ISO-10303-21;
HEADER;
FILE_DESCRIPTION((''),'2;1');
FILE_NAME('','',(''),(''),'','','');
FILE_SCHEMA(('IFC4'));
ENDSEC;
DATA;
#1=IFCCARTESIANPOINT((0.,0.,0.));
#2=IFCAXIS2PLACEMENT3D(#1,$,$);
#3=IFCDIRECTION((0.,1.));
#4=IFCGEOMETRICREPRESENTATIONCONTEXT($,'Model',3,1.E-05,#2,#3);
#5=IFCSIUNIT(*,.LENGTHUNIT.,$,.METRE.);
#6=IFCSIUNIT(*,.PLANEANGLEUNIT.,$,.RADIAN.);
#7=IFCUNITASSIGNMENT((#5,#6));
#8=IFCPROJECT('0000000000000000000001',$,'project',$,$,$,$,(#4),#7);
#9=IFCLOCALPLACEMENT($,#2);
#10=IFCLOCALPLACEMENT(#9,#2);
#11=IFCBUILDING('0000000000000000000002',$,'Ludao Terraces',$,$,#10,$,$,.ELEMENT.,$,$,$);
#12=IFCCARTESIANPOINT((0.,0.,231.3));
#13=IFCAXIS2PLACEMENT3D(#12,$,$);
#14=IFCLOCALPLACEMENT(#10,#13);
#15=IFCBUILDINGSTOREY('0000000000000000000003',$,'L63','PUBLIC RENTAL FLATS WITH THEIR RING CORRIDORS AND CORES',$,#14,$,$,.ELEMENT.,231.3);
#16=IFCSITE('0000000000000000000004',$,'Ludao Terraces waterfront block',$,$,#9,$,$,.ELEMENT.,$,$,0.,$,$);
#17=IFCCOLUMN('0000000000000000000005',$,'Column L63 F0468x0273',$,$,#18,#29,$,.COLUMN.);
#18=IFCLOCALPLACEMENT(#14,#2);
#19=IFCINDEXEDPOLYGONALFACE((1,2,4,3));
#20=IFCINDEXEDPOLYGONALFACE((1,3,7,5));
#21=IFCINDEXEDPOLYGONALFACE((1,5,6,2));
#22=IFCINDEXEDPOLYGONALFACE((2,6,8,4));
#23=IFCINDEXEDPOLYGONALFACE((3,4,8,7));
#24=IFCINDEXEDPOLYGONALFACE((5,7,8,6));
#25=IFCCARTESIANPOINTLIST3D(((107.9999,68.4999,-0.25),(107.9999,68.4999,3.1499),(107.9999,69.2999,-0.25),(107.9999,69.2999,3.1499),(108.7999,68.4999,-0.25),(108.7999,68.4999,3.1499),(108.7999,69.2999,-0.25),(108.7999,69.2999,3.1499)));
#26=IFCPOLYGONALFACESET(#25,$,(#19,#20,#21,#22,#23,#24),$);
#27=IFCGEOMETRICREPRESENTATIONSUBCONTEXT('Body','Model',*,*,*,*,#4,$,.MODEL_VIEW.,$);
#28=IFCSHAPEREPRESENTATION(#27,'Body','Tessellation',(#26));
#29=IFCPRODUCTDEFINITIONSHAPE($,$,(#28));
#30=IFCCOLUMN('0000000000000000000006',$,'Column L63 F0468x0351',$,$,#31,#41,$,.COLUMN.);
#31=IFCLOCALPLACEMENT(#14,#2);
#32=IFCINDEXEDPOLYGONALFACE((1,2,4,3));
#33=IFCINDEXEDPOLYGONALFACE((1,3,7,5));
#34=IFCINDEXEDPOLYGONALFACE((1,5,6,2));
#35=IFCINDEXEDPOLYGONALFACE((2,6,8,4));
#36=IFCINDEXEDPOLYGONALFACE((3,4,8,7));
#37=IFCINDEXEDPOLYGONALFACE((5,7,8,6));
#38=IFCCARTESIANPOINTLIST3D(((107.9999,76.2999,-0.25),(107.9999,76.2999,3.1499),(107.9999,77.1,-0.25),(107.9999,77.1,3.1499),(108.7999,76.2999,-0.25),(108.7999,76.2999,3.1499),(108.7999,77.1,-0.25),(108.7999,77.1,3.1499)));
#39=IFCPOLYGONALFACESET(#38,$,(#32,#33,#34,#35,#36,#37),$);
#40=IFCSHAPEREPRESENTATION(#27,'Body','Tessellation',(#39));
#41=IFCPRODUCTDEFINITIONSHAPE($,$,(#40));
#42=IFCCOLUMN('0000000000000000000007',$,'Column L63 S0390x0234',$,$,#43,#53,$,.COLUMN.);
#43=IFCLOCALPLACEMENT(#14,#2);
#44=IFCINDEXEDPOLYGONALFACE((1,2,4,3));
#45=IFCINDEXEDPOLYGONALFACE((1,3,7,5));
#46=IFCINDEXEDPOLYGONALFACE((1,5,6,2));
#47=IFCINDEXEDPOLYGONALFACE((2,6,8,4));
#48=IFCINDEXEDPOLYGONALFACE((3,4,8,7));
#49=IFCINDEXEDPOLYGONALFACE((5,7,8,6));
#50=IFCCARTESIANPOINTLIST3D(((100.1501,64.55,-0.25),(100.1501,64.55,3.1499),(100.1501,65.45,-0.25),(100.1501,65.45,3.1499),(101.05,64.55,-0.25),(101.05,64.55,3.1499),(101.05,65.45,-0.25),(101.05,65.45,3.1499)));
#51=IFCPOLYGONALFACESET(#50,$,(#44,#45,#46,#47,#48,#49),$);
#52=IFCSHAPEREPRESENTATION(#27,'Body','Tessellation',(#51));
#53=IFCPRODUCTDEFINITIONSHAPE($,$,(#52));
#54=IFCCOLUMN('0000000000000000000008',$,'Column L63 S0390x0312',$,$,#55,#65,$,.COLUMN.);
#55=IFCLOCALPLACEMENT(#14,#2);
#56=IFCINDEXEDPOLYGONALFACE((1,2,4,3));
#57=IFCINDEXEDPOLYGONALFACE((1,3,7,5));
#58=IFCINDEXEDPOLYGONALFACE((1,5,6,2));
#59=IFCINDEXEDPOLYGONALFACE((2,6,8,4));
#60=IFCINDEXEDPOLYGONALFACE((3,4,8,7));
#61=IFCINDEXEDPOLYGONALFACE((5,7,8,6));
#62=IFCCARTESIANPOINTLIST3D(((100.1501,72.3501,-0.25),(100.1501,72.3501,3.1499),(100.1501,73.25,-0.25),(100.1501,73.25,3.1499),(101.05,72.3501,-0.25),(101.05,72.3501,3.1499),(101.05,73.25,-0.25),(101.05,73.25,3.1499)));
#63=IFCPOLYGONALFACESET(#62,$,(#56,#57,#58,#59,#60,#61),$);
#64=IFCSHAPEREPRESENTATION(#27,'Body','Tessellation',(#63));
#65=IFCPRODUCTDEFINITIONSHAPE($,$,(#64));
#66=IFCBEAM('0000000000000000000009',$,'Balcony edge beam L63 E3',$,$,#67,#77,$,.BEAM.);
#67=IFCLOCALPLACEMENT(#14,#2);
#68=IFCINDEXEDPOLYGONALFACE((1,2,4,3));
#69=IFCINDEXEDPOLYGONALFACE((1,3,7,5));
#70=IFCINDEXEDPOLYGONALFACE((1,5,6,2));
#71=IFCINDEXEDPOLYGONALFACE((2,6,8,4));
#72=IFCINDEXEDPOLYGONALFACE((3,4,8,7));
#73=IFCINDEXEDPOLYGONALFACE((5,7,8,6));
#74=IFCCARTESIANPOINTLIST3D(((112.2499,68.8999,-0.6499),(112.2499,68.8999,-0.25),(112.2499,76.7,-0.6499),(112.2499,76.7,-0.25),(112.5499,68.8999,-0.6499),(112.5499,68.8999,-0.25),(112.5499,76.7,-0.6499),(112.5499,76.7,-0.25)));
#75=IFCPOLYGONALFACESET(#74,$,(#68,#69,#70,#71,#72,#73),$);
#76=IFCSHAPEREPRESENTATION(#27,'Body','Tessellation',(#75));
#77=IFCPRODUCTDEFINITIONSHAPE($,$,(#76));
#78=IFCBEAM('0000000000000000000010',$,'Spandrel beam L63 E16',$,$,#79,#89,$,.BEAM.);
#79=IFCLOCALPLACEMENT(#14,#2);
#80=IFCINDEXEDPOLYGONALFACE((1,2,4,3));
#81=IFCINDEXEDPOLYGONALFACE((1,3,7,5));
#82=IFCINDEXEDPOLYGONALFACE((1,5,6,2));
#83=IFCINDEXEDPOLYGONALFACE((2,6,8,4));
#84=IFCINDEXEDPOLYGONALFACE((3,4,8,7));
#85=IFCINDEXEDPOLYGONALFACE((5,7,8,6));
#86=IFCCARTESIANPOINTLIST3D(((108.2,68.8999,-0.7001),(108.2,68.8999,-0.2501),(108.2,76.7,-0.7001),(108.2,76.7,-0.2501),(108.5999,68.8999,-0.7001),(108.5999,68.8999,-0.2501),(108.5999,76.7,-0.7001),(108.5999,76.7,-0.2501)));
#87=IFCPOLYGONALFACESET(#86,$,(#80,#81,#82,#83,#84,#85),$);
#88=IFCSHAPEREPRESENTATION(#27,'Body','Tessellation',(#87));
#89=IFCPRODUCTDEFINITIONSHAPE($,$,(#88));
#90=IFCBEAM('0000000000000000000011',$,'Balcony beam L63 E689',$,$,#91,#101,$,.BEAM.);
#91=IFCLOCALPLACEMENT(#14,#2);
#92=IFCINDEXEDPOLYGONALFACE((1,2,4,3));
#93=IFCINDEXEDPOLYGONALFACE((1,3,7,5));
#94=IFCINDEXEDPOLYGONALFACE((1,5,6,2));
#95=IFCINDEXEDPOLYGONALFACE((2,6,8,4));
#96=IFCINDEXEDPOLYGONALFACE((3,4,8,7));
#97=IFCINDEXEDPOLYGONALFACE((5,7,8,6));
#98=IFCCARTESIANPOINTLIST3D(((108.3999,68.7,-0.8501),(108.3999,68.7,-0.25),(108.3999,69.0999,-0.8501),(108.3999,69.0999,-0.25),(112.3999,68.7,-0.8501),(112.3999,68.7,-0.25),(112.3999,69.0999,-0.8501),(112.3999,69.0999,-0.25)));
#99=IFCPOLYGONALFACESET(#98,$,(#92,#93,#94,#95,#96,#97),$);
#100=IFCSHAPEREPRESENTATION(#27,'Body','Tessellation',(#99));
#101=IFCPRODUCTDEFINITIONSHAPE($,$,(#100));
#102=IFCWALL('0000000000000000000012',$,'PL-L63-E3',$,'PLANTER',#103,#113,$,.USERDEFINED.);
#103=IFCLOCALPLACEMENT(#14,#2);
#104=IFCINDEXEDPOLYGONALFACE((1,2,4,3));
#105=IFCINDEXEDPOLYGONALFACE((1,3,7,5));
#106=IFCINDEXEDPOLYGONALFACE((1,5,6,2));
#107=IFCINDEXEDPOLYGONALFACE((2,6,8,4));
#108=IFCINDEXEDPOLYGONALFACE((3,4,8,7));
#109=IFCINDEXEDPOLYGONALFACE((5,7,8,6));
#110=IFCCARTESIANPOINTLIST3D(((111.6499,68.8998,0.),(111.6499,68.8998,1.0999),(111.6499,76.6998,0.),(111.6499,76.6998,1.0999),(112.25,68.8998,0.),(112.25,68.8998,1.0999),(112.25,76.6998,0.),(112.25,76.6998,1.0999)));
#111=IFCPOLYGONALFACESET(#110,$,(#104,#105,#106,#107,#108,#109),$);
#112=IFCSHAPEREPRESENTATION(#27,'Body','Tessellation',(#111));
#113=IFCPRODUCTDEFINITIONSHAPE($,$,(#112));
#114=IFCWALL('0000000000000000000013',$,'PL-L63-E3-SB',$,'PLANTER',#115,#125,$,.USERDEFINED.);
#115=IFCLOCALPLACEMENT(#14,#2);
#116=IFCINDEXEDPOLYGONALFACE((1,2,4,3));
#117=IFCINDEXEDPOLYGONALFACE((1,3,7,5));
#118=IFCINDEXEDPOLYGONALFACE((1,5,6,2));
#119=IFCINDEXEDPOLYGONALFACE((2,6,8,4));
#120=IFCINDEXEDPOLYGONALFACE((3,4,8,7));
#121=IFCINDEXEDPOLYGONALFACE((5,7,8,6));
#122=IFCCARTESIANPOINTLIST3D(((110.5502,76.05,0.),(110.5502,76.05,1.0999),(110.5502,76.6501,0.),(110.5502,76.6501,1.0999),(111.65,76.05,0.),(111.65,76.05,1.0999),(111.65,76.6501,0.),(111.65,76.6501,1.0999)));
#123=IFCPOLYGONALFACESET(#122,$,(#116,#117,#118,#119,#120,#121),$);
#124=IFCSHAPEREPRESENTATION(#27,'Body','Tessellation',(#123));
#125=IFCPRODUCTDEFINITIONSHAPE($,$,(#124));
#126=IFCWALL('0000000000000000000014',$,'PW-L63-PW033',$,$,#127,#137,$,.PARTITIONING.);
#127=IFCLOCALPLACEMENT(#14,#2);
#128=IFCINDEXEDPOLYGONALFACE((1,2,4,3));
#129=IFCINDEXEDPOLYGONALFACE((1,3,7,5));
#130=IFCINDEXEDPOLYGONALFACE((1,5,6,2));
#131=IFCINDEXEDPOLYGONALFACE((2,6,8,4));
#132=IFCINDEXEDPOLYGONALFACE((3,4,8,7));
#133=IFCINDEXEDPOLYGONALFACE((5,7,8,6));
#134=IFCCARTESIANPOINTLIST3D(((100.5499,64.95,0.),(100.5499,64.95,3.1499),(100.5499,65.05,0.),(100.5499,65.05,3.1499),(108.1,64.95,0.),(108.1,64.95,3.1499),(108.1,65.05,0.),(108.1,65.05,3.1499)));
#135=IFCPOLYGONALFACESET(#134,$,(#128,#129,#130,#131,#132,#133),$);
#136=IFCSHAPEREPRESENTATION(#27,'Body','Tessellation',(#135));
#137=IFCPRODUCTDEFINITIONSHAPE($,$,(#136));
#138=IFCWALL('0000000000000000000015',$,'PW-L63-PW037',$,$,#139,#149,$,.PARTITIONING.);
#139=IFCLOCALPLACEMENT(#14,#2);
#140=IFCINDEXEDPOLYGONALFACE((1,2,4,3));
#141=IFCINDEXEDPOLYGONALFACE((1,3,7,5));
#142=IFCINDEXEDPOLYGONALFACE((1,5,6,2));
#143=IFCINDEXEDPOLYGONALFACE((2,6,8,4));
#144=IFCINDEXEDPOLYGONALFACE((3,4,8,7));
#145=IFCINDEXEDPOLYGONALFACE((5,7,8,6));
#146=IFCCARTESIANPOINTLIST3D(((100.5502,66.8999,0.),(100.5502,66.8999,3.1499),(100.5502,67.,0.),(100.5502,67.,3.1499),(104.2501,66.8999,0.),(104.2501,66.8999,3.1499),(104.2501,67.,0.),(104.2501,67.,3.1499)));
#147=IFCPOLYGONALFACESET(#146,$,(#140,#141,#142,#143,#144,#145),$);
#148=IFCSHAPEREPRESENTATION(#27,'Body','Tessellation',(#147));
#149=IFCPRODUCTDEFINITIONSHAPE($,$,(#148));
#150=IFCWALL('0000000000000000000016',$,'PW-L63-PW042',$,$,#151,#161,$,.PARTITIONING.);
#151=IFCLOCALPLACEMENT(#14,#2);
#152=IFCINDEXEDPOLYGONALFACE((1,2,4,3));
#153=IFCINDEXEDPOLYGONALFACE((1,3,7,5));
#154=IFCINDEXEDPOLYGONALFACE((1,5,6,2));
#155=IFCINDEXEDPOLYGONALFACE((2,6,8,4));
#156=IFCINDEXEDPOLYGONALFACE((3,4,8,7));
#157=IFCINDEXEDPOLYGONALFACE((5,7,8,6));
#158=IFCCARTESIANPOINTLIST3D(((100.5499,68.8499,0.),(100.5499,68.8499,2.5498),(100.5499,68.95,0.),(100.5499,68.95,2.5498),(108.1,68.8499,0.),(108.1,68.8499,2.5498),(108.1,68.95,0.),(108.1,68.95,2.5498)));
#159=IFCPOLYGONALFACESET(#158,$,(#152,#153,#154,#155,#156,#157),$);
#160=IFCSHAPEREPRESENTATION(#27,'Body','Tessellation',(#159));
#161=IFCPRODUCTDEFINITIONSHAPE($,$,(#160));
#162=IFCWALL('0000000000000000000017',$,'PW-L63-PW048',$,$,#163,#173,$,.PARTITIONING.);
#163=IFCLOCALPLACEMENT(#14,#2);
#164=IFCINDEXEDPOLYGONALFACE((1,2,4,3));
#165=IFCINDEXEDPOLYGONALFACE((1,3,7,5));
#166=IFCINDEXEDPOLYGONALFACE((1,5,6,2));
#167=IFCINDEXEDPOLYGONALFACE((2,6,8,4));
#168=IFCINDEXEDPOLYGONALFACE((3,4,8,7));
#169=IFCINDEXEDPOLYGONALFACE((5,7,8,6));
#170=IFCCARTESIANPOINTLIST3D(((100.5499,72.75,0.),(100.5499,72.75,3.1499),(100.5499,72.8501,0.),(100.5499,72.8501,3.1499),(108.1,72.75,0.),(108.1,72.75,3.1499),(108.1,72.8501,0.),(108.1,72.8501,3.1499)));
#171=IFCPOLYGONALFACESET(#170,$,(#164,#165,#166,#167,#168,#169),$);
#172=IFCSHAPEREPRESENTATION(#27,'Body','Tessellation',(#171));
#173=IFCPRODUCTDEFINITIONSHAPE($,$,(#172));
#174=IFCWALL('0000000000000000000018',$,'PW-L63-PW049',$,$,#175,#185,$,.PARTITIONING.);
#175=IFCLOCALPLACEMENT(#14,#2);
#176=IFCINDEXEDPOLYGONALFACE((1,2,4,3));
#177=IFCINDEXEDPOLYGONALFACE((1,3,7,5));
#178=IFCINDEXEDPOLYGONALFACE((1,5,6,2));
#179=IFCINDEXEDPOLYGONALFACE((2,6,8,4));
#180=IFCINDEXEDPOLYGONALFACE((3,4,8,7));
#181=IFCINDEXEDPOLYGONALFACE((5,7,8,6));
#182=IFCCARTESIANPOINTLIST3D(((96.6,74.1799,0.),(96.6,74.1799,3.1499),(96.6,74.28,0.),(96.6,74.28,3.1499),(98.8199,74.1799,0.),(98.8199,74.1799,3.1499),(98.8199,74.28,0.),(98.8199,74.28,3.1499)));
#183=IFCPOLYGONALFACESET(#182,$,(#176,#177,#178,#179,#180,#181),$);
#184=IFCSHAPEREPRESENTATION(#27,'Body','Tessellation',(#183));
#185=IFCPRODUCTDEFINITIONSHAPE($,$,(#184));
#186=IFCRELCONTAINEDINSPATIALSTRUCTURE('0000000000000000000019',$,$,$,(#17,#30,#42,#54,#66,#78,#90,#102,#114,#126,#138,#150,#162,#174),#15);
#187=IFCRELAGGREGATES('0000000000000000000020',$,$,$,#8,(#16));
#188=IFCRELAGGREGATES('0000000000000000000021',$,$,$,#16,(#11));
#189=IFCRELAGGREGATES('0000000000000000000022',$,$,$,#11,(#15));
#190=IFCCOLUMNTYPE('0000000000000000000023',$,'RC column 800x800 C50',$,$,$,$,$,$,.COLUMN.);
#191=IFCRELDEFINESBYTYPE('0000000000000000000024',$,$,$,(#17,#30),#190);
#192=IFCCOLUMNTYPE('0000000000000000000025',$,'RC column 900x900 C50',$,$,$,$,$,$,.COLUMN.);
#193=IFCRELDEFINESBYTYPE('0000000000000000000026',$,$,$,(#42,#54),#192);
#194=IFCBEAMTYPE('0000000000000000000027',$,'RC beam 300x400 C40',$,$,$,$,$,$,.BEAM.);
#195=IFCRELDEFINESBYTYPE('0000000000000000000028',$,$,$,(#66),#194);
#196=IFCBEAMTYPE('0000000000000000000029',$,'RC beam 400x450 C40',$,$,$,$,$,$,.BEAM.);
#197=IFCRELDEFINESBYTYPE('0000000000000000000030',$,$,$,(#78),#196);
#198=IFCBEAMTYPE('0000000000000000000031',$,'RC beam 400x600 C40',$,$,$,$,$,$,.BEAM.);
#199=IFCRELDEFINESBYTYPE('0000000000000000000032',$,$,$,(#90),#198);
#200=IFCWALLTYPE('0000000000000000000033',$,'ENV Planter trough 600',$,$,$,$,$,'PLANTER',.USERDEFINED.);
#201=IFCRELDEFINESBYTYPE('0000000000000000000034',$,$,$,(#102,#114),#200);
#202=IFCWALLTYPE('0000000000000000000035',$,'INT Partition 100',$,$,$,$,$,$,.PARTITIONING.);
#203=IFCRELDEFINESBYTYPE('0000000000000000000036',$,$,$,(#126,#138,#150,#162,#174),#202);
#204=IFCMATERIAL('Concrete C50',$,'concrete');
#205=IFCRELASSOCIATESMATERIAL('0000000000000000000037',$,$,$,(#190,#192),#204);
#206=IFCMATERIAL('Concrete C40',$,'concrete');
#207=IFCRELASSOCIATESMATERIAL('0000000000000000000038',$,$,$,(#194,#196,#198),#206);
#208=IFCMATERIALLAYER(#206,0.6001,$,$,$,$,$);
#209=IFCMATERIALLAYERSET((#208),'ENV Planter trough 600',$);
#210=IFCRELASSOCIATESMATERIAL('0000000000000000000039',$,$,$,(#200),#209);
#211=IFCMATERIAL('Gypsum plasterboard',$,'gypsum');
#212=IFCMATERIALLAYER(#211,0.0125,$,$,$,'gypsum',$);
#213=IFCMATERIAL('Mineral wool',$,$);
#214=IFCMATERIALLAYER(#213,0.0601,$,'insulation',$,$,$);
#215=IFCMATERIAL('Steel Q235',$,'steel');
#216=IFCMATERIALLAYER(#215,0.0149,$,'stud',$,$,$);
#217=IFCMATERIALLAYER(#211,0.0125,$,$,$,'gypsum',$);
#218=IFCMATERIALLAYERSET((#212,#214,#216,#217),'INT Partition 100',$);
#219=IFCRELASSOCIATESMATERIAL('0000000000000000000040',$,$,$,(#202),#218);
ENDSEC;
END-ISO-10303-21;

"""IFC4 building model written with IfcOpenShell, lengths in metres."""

from ifc_helpers import new_model, si_unit, direction, frame, frame_2d, origin, origin_2d, place, context, subcontext, project, spatial, rectangle, extrude, material, layer, layer_set, material_profile, profile_set, type_object, element, save


model = new_model("IFC4")

# Units and contexts
model_context = context("Model", 3, precision=1e-05, world=origin(), true_north=direction((0.0, 1.0)))
body_context = subcontext(model_context, "Body", "Model", "MODEL_VIEW")
ifc_project = project(units=[si_unit("LENGTHUNIT", "METRE"), si_unit("PLANEANGLEUNIT", "RADIAN")], contexts=[model_context])

# Site, building, storey
site_placement = place(None, origin())
site = spatial("IfcSite", under=ifc_project, at=site_placement, Name="Ludao Terraces waterfront block", CompositionType="ELEMENT", RefElevation=0.0)
building_placement = place(site_placement, origin())
building = spatial("IfcBuilding", under=site, at=building_placement, Name="Ludao Terraces", CompositionType="ELEMENT")
storey_placement = place(building_placement, frame((0.0, 0.0, 231.3)))
storey = spatial("IfcBuildingStorey", under=building, at=storey_placement, Name="L63", Description="PUBLIC RENTAL FLATS WITH THEIR RING CORRIDORS AND CORES", CompositionType="ELEMENT", Elevation=231.3)

# Columns
ifc_material_1 = material(Name="Concrete C50", Category="concrete")
ifc_material_profile_1 = material_profile(ifc_material_1, rectangle(XDim=0.8, YDim=0.8, at=origin_2d()), Name="800 X 800")
ifc_profile_set_1 = profile_set([ifc_material_profile_1], Name="Concrete C50")
column_type_1 = type_object("IfcColumnType", Name="RC column 800x800 C50", PredefinedType="COLUMN", material=ifc_profile_set_1)
for number, where, z_axis, x_axis, name in (
    (1, (108.3999, 68.8999, -0.25), (0.0, 0.0, 1.0), (1.0, 0.0, 0.0), "Column L63 F0468x0273"),
    (2, (108.3999, 76.7, -0.25), (0.0, 0.0, 1.0), (1.0, 0.0, 0.0), "Column L63 F0468x0351"),
):
    element("IfcColumn", number, at=place(storey_placement, frame(where, z_axis=z_axis, x_axis=x_axis)), inside=storey, type_object=column_type_1, Name=name, PredefinedType="COLUMN", context=body_context, shape_type="SweptSolid", body=[
        extrude(rectangle(XDim=0.8, YDim=0.8, at=origin_2d()), origin(), (0.0, 0.0, 1.0), 3.3999),
    ])
ifc_material_profile_2 = material_profile(ifc_material_1, rectangle(XDim=0.8999, YDim=0.8999, at=origin_2d()), Name="900 X 900")
ifc_profile_set_2 = profile_set([ifc_material_profile_2], Name="Concrete C50")
column_type_2 = type_object("IfcColumnType", Name="RC column 900x900 C50", PredefinedType="COLUMN", material=ifc_profile_set_2)
for number, where, z_axis, x_axis, name in (
    (3, (100.6001, 65.0, -0.25), (0.0, 0.0, 1.0), (1.0, 0.0, 0.0), "Column L63 S0390x0234"),
    (4, (100.6001, 72.8, -0.25), (0.0, 0.0, 1.0), (1.0, 0.0, 0.0), "Column L63 S0390x0312"),
):
    element("IfcColumn", number, at=place(storey_placement, frame(where, z_axis=z_axis, x_axis=x_axis)), inside=storey, type_object=column_type_2, Name=name, PredefinedType="COLUMN", context=body_context, shape_type="SweptSolid", body=[
        extrude(rectangle(XDim=0.8999, YDim=0.8999, at=origin_2d()), origin(), (0.0, 0.0, 1.0), 3.3999),
    ])

# Beams
ifc_material_2 = material(Name="Concrete C40", Category="concrete")
ifc_material_profile_3 = material_profile(ifc_material_2, rectangle(XDim=0.3, YDim=0.3999, at=origin_2d()), Name="300 X 400")
ifc_profile_set_3 = profile_set([ifc_material_profile_3], Name="Concrete C40")
beam_type_1 = type_object("IfcBeamType", Name="RC beam 300x400 C40", PredefinedType="BEAM", material=ifc_profile_set_3)
beam_1_placement = place(storey_placement, frame((112.3999, 68.8999, -0.45), z_axis=(0.0, 1.0, 0.0), x_axis=(-1.0, 0.0, 0.0)))
element("IfcBeam", 5, at=beam_1_placement, inside=storey, type_object=beam_type_1, Name="Balcony edge beam L63 E3", PredefinedType="BEAM", context=body_context, shape_type="SweptSolid", body=[
    extrude(rectangle(XDim=0.3, YDim=0.3999, at=origin_2d()), origin(), (0.0, 0.0, 1.0), 7.8),
])
ifc_material_profile_4 = material_profile(ifc_material_2, rectangle(XDim=0.3999, YDim=0.45, at=origin_2d()), Name="400 X 450")
ifc_profile_set_4 = profile_set([ifc_material_profile_4], Name="Concrete C40")
beam_type_2 = type_object("IfcBeamType", Name="RC beam 400x450 C40", PredefinedType="BEAM", material=ifc_profile_set_4)
beam_2_placement = place(storey_placement, frame((108.3999, 68.8999, -0.4751), z_axis=(0.0, 1.0, 0.0), x_axis=(-1.0, 0.0, 0.0)))
element("IfcBeam", 6, at=beam_2_placement, inside=storey, type_object=beam_type_2, Name="Spandrel beam L63 E16", PredefinedType="BEAM", context=body_context, shape_type="SweptSolid", body=[
    extrude(rectangle(XDim=0.3999, YDim=0.45, at=origin_2d()), origin(), (0.0, 0.0, 1.0), 7.8),
])
ifc_material_profile_5 = material_profile(ifc_material_2, rectangle(XDim=0.3999, YDim=0.6001, at=origin_2d()), Name="400 X 600")
ifc_profile_set_5 = profile_set([ifc_material_profile_5], Name="Concrete C40")
beam_type_3 = type_object("IfcBeamType", Name="RC beam 400x600 C40", PredefinedType="BEAM", material=ifc_profile_set_5)
beam_3_placement = place(storey_placement, frame((108.3999, 68.8999, -0.55), z_axis=(1.0, 0.0, 0.0), x_axis=(0.0, 1.0, 0.0)))
element("IfcBeam", 7, at=beam_3_placement, inside=storey, type_object=beam_type_3, Name="Balcony beam L63 E689", PredefinedType="BEAM", context=body_context, shape_type="SweptSolid", body=[
    extrude(rectangle(XDim=0.3999, YDim=0.6001, at=origin_2d()), origin(), (0.0, 0.0, 1.0), 4.0),
])

# Walls
ifc_layer_1 = layer(ifc_material_2, 0.6001)
ifc_layer_set_1 = layer_set([ifc_layer_1], Name="ENV Planter trough 600")
wall_type_1 = type_object("IfcWallType", Name="ENV Planter trough 600", ElementType="PLANTER", PredefinedType="USERDEFINED", material=ifc_layer_set_1)
wall_1_placement = place(storey_placement, frame((111.95, 68.8999, 0.0), z_axis=(0.0, 0.0, 1.0), x_axis=(0.0, 1.0, 0.0)))
element("IfcWall", 8, at=wall_1_placement, inside=storey, type_object=wall_type_1, Name="PL-L63-E3", ObjectType="PLANTER", PredefinedType="USERDEFINED", context=body_context, shape_type="SweptSolid", body=[
    extrude(rectangle(XDim=7.8, YDim=0.6001, at=frame_2d((3.8999, 0.0))), origin(), (0.0, 0.0, 1.0), 1.0999),
])
wall_2_placement = place(storey_placement, frame((111.6499, 76.3501, 0.0), z_axis=(0.0, 0.0, 1.0), x_axis=(-1.0, 0.0, 0.0)))
element("IfcWall", 9, at=wall_2_placement, inside=storey, type_object=wall_type_1, Name="PL-L63-E3-SB", ObjectType="PLANTER", PredefinedType="USERDEFINED", context=body_context, shape_type="SweptSolid", body=[
    extrude(rectangle(XDim=1.0999, YDim=0.6001, at=frame_2d((0.5498, 0.0))), origin(), (0.0, 0.0, 1.0), 1.0999),
])

# Shared definitions
ifc_material_3 = material(Name="Mineral wool")

# Walls
ifc_material_4 = material(Name="Gypsum plasterboard", Category="gypsum")
ifc_layer_2 = layer(ifc_material_4, 0.0125, Category="gypsum")
ifc_layer_3 = layer(ifc_material_3, 0.0601, Name="insulation")
ifc_material_5 = material(Name="Steel Q235", Category="steel")
ifc_layer_4 = layer(ifc_material_5, 0.0149, Name="stud")
ifc_layer_5 = layer(ifc_material_4, 0.0125, Category="gypsum")
ifc_layer_set_2 = layer_set([ifc_layer_2, ifc_layer_3, ifc_layer_4, ifc_layer_5], Name="INT Partition 100")
wall_type_2 = type_object("IfcWallType", Name="INT Partition 100", PredefinedType="PARTITIONING", material=ifc_layer_set_2)
wall_3_placement = place(storey_placement, frame((100.55, 65.0, 0.0), z_axis=(0.0, 0.0, 1.0), x_axis=(1.0, 0.0, 0.0)))
element("IfcWall", 10, at=wall_3_placement, inside=storey, type_object=wall_type_2, Name="PW-L63-PW033", PredefinedType="PARTITIONING", context=body_context, shape_type="SweptSolid", body=[
    extrude(rectangle(XDim=7.55, YDim=0.1001, at=frame_2d((3.7749, 0.0))), origin(), (0.0, 0.0, 1.0), 3.1499),
])
wall_4_placement = place(storey_placement, frame((100.55, 66.95, 0.0), z_axis=(0.0, 0.0, 1.0), x_axis=(1.0, 0.0, 0.0)))
element("IfcWall", 11, at=wall_4_placement, inside=storey, type_object=wall_type_2, Name="PW-L63-PW037", PredefinedType="PARTITIONING", context=body_context, shape_type="SweptSolid", body=[
    extrude(rectangle(XDim=3.7, YDim=0.1001, at=frame_2d((1.8501, 0.0))), origin(), (0.0, 0.0, 1.0), 3.1499),
])
wall_5_placement = place(storey_placement, frame((100.55, 68.8999, 0.0), z_axis=(0.0, 0.0, 1.0), x_axis=(1.0, 0.0, 0.0)))
element("IfcWall", 12, at=wall_5_placement, inside=storey, type_object=wall_type_2, Name="PW-L63-PW042", PredefinedType="PARTITIONING", context=body_context, shape_type="SweptSolid", body=[
    extrude(rectangle(XDim=7.55, YDim=0.1001, at=frame_2d((3.7749, 0.0))), origin(), (0.0, 0.0, 1.0), 2.5498),
])
wall_6_placement = place(storey_placement, frame((100.55, 72.8, 0.0), z_axis=(0.0, 0.0, 1.0), x_axis=(1.0, 0.0, 0.0)))
element("IfcWall", 13, at=wall_6_placement, inside=storey, type_object=wall_type_2, Name="PW-L63-PW048", PredefinedType="PARTITIONING", context=body_context, shape_type="SweptSolid", body=[
    extrude(rectangle(XDim=7.55, YDim=0.1001, at=frame_2d((3.7749, 0.0))), origin(), (0.0, 0.0, 1.0), 3.1499),
])
wall_7_placement = place(storey_placement, frame((96.6001, 74.23, 0.0), z_axis=(0.0, 0.0, 1.0), x_axis=(1.0, 0.0, 0.0)))
element("IfcWall", 14, at=wall_7_placement, inside=storey, type_object=wall_type_2, Name="PW-L63-PW049", PredefinedType="PARTITIONING", context=body_context, shape_type="SweptSolid", body=[
    extrude(rectangle(XDim=2.22, YDim=0.1001, at=frame_2d((1.1099, 0.0))), origin(), (0.0, 0.0, 1.0), 3.1499),
])

save(model, "model.ifc")
